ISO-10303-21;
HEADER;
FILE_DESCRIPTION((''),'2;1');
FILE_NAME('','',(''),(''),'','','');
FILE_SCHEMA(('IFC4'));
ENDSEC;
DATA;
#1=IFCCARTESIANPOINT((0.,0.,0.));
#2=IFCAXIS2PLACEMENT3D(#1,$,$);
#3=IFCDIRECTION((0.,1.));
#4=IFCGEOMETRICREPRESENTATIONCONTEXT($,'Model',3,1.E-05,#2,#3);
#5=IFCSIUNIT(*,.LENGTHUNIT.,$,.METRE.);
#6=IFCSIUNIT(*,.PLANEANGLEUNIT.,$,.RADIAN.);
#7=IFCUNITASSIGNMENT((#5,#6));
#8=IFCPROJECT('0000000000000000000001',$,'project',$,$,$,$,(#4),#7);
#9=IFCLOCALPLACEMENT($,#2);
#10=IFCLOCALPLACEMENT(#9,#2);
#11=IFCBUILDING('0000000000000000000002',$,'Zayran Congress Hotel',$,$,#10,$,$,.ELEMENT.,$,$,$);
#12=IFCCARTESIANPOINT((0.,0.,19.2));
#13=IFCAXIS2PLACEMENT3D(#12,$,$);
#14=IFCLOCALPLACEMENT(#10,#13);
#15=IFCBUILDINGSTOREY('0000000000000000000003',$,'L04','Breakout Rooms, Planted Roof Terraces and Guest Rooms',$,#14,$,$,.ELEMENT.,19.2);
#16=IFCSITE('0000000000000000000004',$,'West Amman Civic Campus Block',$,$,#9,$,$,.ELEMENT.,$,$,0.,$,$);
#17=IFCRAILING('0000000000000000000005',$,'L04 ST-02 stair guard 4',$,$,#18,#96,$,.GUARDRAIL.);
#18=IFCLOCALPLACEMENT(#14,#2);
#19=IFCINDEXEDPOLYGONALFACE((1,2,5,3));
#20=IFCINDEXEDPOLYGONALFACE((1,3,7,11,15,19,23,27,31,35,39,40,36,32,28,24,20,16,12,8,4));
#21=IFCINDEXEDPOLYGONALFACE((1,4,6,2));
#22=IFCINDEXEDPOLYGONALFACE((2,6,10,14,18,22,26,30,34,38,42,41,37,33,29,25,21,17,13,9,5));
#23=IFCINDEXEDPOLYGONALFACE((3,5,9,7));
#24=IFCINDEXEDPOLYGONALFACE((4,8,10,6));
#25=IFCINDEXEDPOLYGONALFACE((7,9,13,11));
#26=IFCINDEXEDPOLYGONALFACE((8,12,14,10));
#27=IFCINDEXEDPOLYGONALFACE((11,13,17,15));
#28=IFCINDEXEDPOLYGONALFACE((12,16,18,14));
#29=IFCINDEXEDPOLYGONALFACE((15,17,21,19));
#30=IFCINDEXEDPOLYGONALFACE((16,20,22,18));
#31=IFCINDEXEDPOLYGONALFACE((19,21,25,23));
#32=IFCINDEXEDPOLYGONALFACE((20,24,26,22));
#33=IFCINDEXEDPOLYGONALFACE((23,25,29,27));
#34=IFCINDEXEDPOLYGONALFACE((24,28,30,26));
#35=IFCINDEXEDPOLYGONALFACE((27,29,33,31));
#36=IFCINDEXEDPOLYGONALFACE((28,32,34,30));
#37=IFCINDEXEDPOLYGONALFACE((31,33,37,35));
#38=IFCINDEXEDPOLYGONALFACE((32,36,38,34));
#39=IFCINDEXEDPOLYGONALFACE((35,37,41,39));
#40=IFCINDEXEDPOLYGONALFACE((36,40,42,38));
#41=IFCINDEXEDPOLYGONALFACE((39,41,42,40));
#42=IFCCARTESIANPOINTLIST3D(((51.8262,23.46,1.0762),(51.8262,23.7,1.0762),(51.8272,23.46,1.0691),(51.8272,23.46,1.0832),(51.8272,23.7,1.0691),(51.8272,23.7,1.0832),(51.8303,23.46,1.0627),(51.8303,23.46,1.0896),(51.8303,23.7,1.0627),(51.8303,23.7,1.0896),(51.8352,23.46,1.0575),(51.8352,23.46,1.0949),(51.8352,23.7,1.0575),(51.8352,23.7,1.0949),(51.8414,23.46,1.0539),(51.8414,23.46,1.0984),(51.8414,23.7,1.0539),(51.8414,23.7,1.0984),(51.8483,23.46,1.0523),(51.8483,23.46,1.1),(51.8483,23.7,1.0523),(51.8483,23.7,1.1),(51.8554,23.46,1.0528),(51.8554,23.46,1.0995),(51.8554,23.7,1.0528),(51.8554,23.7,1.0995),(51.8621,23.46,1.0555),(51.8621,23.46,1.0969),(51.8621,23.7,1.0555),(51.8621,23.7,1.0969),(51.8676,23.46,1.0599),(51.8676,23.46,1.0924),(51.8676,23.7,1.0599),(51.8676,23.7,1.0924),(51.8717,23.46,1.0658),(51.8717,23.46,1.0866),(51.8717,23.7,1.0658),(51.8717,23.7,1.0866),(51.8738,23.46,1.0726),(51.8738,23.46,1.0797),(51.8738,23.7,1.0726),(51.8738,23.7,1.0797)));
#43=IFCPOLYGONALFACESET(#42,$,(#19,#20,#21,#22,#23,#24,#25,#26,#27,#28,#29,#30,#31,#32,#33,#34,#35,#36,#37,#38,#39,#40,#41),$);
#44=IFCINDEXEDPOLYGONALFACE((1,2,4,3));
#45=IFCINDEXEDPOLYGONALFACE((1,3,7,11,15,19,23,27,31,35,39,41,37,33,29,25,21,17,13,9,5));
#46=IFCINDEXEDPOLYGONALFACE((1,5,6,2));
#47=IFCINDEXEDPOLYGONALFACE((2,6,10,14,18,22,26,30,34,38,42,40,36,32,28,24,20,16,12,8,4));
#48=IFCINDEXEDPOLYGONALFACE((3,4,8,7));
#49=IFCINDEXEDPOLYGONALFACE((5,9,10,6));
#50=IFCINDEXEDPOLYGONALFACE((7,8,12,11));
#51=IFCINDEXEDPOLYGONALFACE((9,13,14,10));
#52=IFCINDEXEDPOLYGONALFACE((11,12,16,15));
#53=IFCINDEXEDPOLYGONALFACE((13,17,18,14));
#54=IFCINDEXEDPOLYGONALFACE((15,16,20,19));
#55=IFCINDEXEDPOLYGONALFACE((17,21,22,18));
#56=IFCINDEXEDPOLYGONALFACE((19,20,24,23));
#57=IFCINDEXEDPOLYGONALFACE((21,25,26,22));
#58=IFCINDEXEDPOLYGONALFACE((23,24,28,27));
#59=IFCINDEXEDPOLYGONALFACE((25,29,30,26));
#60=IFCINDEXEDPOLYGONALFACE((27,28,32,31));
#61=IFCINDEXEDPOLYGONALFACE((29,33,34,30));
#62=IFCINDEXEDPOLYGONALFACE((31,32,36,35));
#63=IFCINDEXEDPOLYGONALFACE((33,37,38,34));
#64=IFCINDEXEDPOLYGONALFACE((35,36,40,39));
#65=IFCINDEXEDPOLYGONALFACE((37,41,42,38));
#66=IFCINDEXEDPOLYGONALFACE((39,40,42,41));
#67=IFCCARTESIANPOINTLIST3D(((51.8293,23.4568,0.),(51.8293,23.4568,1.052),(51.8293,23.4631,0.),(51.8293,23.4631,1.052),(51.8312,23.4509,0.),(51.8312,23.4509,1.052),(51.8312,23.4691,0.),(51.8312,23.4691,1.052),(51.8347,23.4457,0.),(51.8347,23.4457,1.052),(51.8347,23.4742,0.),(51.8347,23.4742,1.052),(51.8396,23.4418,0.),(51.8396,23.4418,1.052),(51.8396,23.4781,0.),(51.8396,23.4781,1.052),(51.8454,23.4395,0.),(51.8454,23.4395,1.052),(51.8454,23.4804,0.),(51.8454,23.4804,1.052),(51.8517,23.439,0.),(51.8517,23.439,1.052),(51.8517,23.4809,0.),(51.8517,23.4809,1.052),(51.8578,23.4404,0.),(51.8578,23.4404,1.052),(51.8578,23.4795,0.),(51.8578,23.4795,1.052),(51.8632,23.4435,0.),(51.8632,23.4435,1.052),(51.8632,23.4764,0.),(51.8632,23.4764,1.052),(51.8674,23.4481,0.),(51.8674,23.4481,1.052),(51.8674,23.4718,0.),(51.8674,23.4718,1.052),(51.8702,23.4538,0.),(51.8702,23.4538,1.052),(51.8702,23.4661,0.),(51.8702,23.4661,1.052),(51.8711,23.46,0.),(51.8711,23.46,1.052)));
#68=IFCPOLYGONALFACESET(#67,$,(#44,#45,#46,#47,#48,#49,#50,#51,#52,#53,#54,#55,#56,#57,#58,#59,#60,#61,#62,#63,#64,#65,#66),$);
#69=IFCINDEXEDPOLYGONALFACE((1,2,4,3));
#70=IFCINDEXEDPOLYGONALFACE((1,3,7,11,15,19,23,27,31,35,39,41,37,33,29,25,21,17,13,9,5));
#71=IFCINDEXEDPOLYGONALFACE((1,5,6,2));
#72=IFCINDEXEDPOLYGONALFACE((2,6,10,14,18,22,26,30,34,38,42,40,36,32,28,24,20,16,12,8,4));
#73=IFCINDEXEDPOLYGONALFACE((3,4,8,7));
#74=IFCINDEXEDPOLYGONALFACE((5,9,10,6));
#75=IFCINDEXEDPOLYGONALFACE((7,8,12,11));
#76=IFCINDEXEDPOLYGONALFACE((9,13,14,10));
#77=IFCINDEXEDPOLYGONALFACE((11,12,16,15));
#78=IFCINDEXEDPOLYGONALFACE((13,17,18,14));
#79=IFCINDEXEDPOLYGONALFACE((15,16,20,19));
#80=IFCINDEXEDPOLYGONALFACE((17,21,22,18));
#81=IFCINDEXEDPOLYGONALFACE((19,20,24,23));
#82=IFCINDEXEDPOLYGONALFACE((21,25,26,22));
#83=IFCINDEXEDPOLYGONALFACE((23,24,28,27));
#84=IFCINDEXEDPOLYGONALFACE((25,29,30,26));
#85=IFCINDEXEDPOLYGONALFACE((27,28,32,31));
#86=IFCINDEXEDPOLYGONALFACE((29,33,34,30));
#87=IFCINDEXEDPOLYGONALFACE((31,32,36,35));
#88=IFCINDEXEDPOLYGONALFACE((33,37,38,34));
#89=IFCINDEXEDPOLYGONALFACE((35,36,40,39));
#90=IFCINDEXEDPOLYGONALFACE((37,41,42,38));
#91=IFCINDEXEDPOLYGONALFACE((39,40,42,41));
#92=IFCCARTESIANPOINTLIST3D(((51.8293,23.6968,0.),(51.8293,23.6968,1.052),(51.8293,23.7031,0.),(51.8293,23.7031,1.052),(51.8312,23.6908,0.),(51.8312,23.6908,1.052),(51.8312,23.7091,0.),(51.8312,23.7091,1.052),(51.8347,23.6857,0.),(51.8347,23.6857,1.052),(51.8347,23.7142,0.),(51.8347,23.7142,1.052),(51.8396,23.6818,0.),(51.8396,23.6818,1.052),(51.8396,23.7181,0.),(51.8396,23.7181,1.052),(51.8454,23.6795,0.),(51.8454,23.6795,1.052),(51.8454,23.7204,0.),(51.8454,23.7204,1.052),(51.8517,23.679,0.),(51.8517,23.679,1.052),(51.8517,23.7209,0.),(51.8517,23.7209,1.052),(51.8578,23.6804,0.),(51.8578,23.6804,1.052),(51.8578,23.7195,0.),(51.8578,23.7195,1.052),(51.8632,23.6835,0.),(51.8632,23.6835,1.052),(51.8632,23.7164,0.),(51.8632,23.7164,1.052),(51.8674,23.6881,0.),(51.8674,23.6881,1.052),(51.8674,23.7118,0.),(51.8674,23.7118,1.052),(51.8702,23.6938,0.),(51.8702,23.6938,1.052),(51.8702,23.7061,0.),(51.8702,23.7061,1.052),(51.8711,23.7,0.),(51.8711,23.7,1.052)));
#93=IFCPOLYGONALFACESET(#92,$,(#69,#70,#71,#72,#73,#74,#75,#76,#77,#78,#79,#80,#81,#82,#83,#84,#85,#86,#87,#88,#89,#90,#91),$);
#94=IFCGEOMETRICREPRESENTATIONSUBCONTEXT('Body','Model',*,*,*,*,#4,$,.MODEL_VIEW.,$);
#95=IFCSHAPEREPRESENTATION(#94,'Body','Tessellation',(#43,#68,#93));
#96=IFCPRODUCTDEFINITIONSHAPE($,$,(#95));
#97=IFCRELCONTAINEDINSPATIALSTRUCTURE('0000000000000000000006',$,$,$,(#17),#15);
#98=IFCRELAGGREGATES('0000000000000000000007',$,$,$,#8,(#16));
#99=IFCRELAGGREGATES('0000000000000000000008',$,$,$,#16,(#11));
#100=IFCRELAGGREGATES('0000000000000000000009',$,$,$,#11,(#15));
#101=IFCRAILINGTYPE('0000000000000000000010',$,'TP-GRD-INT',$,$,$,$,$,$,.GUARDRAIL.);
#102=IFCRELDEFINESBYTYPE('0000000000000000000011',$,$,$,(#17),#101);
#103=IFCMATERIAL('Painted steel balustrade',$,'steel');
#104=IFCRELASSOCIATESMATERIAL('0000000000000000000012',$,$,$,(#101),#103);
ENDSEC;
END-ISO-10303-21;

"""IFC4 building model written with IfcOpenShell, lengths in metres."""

from ifc_helpers import new_model, si_unit, direction, frame, origin, origin_2d, place, context, subcontext, project, spatial, circle, extrude, material, type_object, element, save


model = new_model("IFC4")

# Units and contexts
model_context = context("Model", 3, precision=1e-05, world=origin(), true_north=direction((0.0, 1.0)))
body_context = subcontext(model_context, "Body", "Model", "MODEL_VIEW")
ifc_project = project(units=[si_unit("LENGTHUNIT", "METRE"), si_unit("PLANEANGLEUNIT", "RADIAN")], contexts=[model_context])

# Site, building, storey
site_placement = place(None, origin())
site = spatial("IfcSite", under=ifc_project, at=site_placement, Name="West Amman Civic Campus Block", CompositionType="ELEMENT", RefElevation=0.0)
building_placement = place(site_placement, origin())
building = spatial("IfcBuilding", under=site, at=building_placement, Name="Zayran Congress Hotel", CompositionType="ELEMENT")
storey_placement = place(building_placement, frame((0.0, 0.0, 19.2)))
storey = spatial("IfcBuildingStorey", under=building, at=storey_placement, Name="L04", Description="Breakout Rooms, Planted Roof Terraces and Guest Rooms", CompositionType="ELEMENT", Elevation=19.2)

# Railing
ifc_material_1 = material(Name="Painted steel balustrade", Category="steel")
railing_type_1 = type_object("IfcRailingType", Name="TP-GRD-INT", PredefinedType="GUARDRAIL", material=ifc_material_1)
railing_1_placement = place(storey_placement, frame((51.8501, 23.46, 0.0)))
element("IfcRailing", 1, at=railing_1_placement, inside=storey, type_object=railing_type_1, Name="L04 ST-02 stair guard 4", PredefinedType="GUARDRAIL", context=body_context, shape_type="SweptSolid", body=[
    extrude(circle(Radius=0.0239, at=origin_2d()), frame((0.0, 0.0, 1.0762), z_axis=(0.0, 1.0, 0.0), x_axis=(-1.0, 0.0, 0.0)), (0.0, 0.0, 1.0), 0.24),
    extrude(circle(Radius=0.021, at=origin_2d()), origin(), (0.0, 0.0, 1.0), 1.052),
    extrude(circle(Radius=0.021, at=origin_2d()), frame((0.0, 0.24, 0.0)), (0.0, 0.0, 1.0), 1.052),
])

save(model, "model.ifc")
